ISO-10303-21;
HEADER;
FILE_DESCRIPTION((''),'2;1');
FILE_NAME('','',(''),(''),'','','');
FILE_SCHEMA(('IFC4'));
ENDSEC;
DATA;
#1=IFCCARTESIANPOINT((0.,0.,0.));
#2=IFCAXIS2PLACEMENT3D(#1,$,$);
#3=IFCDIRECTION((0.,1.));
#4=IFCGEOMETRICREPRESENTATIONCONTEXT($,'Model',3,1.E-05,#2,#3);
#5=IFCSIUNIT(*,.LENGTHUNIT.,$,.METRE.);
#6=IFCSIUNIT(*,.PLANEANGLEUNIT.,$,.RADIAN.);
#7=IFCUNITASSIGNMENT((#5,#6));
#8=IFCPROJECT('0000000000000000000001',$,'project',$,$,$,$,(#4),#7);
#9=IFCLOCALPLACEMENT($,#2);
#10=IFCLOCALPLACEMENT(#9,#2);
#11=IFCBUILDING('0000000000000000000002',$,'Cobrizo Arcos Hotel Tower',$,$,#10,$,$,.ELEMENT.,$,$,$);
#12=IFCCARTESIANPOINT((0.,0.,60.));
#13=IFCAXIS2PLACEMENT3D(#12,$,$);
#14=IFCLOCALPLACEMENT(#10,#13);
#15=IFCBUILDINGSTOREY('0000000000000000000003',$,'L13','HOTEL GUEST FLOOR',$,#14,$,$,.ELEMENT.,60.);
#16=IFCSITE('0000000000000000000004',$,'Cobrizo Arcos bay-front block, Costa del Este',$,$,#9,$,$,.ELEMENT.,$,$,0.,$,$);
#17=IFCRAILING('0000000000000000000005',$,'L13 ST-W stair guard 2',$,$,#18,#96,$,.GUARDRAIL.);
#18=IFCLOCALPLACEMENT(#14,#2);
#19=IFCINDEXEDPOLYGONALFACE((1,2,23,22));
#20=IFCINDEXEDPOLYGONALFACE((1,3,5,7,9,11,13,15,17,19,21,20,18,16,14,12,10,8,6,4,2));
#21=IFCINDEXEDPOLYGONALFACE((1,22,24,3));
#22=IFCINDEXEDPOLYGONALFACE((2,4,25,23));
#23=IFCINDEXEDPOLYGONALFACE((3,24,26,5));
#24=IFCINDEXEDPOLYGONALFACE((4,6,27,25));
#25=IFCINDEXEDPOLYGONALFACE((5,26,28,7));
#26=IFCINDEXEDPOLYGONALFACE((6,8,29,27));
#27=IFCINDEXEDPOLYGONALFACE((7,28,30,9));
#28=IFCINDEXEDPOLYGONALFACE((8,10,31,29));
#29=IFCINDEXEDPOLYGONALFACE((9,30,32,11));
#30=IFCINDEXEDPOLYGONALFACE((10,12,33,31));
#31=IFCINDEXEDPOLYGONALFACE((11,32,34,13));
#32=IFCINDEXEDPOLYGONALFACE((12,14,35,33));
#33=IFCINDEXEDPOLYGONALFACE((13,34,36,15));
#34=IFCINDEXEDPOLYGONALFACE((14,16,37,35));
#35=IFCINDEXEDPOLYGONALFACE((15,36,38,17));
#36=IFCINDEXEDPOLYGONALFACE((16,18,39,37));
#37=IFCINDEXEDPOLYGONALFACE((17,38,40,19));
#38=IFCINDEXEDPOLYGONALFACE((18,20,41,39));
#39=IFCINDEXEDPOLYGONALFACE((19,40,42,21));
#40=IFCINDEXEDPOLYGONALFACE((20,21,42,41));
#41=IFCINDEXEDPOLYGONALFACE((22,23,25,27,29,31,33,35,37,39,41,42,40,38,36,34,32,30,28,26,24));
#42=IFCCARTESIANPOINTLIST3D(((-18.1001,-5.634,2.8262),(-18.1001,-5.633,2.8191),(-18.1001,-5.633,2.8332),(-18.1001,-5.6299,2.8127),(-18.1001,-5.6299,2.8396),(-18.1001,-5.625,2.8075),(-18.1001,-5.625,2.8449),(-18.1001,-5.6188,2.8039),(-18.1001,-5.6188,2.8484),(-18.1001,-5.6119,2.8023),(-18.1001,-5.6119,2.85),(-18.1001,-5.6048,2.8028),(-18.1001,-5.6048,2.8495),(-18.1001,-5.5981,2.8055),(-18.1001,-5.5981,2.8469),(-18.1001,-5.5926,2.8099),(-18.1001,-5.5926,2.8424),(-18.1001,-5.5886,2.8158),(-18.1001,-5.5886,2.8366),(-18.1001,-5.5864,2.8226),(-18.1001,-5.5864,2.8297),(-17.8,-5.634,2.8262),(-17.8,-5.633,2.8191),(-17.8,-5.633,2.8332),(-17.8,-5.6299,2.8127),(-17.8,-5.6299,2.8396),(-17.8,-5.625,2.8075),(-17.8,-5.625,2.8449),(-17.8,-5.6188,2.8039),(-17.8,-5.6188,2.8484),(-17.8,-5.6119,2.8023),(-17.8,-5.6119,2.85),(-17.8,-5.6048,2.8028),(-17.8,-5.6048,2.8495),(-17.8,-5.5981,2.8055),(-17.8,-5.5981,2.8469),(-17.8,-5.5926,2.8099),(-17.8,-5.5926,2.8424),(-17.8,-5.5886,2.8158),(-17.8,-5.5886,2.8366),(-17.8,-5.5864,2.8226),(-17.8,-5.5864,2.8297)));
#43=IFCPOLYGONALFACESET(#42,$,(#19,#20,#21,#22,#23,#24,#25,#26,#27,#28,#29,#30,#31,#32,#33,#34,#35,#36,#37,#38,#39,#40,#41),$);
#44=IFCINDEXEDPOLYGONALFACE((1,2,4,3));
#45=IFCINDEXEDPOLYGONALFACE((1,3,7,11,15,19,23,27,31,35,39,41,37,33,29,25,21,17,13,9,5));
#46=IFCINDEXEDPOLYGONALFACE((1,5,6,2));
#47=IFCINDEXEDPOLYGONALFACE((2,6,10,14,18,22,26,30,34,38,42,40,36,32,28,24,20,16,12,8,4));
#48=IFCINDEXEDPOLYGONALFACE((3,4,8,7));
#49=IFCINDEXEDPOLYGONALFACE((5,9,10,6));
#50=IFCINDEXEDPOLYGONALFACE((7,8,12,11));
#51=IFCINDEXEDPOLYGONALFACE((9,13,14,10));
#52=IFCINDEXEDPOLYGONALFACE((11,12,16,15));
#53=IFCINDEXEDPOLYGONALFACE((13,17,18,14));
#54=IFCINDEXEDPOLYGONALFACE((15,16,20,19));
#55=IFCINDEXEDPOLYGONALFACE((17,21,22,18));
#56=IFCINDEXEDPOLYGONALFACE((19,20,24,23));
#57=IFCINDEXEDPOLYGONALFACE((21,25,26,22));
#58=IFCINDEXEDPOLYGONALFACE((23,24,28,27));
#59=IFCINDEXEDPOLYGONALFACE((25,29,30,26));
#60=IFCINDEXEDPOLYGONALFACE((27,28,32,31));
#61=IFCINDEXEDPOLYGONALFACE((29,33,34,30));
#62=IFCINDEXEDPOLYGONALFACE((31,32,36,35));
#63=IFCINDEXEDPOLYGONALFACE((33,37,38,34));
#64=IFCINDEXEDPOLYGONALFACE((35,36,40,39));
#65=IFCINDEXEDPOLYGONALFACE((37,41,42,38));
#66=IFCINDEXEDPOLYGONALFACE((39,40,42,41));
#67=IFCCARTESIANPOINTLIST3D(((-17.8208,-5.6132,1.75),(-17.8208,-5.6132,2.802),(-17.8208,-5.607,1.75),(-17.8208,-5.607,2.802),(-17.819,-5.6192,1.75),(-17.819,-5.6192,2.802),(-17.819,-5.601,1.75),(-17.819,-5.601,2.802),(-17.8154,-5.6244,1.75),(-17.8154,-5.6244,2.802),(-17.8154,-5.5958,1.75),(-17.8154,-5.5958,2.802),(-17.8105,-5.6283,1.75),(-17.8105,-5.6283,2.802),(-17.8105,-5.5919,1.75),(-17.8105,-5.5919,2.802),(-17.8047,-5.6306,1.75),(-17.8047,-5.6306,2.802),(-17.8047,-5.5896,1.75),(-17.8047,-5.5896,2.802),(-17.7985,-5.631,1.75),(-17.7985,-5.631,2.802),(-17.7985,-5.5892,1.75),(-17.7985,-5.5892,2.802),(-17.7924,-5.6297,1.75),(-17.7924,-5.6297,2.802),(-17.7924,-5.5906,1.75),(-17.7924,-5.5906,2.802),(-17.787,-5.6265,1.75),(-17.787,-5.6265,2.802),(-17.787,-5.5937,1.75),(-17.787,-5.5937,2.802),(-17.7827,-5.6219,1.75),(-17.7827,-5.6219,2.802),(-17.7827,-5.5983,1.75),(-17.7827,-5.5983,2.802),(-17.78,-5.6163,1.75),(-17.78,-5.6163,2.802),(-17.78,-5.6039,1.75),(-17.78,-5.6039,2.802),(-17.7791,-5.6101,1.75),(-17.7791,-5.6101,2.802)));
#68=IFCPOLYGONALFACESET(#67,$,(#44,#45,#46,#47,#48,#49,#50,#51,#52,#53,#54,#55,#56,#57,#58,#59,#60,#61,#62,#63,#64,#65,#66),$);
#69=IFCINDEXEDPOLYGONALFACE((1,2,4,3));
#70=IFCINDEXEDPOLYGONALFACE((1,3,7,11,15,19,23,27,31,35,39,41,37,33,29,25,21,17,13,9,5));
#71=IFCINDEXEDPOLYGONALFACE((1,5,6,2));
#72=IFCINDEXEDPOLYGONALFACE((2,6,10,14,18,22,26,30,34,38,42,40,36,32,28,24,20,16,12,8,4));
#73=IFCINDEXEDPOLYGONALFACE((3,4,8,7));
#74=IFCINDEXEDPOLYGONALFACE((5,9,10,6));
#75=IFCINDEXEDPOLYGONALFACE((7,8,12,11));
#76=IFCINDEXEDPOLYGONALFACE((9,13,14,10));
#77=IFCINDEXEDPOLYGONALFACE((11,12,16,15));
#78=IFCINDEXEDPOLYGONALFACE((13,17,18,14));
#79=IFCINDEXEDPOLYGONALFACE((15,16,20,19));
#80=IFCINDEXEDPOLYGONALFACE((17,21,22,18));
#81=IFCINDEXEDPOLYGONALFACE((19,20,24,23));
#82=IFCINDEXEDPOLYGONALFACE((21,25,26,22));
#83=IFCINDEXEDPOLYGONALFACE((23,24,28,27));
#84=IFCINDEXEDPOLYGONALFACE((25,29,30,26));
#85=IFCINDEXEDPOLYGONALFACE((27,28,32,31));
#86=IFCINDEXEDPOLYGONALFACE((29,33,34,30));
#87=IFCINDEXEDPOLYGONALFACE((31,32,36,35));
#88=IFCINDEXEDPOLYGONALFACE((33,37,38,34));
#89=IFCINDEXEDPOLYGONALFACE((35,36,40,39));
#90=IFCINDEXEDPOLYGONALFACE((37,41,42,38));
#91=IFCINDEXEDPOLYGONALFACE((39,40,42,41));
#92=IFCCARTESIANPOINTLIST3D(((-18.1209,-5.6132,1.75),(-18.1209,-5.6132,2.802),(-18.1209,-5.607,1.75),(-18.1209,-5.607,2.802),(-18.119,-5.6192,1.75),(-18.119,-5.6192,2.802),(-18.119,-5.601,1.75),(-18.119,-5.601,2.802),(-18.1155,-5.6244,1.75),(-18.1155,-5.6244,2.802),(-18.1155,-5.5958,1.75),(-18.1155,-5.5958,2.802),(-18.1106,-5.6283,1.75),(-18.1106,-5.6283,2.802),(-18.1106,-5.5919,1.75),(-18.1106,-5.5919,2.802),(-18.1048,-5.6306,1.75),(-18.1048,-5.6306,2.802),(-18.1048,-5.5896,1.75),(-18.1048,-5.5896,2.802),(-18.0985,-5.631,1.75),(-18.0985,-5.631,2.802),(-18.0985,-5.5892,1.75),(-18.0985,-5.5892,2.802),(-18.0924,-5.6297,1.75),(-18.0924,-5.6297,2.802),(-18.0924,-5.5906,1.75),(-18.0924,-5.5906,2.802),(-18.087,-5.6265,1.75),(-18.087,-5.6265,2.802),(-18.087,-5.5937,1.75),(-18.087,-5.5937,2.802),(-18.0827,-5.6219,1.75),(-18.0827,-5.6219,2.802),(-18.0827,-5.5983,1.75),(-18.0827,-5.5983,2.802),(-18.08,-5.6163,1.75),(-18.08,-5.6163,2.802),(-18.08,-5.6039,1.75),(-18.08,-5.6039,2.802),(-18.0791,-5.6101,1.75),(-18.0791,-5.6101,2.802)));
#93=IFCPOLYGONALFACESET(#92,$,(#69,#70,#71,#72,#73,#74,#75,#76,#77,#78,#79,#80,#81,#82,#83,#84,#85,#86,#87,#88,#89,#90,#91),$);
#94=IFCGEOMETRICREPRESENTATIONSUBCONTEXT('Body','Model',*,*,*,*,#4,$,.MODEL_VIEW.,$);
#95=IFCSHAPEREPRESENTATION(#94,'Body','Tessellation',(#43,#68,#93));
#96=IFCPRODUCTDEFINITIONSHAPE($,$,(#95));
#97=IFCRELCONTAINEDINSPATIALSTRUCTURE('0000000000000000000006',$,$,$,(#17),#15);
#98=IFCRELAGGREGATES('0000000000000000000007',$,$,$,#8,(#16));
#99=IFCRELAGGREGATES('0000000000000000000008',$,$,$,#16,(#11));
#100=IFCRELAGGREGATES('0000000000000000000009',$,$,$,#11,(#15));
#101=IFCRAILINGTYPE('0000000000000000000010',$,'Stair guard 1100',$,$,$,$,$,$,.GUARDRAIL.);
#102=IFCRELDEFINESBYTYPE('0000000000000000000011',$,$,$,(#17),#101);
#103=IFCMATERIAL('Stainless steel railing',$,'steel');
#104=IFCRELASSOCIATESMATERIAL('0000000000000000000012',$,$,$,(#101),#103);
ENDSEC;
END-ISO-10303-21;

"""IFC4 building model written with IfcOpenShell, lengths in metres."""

from ifc_helpers import new_model, si_unit, direction, frame, origin, origin_2d, place, context, subcontext, project, spatial, circle, extrude, material, type_object, element, save


model = new_model("IFC4")

# Units and contexts
model_context = context("Model", 3, precision=1e-05, world=origin(), true_north=direction((0.0, 1.0)))
body_context = subcontext(model_context, "Body", "Model", "MODEL_VIEW")
ifc_project = project(units=[si_unit("LENGTHUNIT", "METRE"), si_unit("PLANEANGLEUNIT", "RADIAN")], contexts=[model_context])

# Site, building, storey
site_placement = place(None, origin())
site = spatial("IfcSite", under=ifc_project, at=site_placement, Name="Cobrizo Arcos bay-front block, Costa del Este", CompositionType="ELEMENT", RefElevation=0.0)
building_placement = place(site_placement, origin())
building = spatial("IfcBuilding", under=site, at=building_placement, Name="Cobrizo Arcos Hotel Tower", CompositionType="ELEMENT")
storey_placement = place(building_placement, frame((0.0, 0.0, 60.0)))
storey = spatial("IfcBuildingStorey", under=building, at=storey_placement, Name="L13", Description="HOTEL GUEST FLOOR", CompositionType="ELEMENT", Elevation=60.0)

# Railing
ifc_material_1 = material(Name="Stainless steel railing", Category="steel")
railing_type_1 = type_object("IfcRailingType", Name="Stair guard 1100", PredefinedType="GUARDRAIL", material=ifc_material_1)
railing_1_placement = place(storey_placement, frame((-17.8, -5.6101, 1.75)))
element("IfcRailing", 1, at=railing_1_placement, inside=storey, type_object=railing_type_1, Name="L13 ST-W stair guard 2", PredefinedType="GUARDRAIL", context=body_context, shape_type="SweptSolid", body=[
    extrude(circle(Radius=0.0239, at=origin_2d()), frame((0.0, 0.0, 1.0762), z_axis=(-1.0, 0.0, 0.0), x_axis=(0.0, -1.0, 0.0)), (0.0, 0.0, 1.0), 0.3),
    extrude(circle(Radius=0.021, at=origin_2d()), origin(), (0.0, 0.0, 1.0), 1.052),
    extrude(circle(Radius=0.021, at=origin_2d()), frame((-0.3, 0.0, 0.0)), (0.0, 0.0, 1.0), 1.052),
])

save(model, "model.ifc")
